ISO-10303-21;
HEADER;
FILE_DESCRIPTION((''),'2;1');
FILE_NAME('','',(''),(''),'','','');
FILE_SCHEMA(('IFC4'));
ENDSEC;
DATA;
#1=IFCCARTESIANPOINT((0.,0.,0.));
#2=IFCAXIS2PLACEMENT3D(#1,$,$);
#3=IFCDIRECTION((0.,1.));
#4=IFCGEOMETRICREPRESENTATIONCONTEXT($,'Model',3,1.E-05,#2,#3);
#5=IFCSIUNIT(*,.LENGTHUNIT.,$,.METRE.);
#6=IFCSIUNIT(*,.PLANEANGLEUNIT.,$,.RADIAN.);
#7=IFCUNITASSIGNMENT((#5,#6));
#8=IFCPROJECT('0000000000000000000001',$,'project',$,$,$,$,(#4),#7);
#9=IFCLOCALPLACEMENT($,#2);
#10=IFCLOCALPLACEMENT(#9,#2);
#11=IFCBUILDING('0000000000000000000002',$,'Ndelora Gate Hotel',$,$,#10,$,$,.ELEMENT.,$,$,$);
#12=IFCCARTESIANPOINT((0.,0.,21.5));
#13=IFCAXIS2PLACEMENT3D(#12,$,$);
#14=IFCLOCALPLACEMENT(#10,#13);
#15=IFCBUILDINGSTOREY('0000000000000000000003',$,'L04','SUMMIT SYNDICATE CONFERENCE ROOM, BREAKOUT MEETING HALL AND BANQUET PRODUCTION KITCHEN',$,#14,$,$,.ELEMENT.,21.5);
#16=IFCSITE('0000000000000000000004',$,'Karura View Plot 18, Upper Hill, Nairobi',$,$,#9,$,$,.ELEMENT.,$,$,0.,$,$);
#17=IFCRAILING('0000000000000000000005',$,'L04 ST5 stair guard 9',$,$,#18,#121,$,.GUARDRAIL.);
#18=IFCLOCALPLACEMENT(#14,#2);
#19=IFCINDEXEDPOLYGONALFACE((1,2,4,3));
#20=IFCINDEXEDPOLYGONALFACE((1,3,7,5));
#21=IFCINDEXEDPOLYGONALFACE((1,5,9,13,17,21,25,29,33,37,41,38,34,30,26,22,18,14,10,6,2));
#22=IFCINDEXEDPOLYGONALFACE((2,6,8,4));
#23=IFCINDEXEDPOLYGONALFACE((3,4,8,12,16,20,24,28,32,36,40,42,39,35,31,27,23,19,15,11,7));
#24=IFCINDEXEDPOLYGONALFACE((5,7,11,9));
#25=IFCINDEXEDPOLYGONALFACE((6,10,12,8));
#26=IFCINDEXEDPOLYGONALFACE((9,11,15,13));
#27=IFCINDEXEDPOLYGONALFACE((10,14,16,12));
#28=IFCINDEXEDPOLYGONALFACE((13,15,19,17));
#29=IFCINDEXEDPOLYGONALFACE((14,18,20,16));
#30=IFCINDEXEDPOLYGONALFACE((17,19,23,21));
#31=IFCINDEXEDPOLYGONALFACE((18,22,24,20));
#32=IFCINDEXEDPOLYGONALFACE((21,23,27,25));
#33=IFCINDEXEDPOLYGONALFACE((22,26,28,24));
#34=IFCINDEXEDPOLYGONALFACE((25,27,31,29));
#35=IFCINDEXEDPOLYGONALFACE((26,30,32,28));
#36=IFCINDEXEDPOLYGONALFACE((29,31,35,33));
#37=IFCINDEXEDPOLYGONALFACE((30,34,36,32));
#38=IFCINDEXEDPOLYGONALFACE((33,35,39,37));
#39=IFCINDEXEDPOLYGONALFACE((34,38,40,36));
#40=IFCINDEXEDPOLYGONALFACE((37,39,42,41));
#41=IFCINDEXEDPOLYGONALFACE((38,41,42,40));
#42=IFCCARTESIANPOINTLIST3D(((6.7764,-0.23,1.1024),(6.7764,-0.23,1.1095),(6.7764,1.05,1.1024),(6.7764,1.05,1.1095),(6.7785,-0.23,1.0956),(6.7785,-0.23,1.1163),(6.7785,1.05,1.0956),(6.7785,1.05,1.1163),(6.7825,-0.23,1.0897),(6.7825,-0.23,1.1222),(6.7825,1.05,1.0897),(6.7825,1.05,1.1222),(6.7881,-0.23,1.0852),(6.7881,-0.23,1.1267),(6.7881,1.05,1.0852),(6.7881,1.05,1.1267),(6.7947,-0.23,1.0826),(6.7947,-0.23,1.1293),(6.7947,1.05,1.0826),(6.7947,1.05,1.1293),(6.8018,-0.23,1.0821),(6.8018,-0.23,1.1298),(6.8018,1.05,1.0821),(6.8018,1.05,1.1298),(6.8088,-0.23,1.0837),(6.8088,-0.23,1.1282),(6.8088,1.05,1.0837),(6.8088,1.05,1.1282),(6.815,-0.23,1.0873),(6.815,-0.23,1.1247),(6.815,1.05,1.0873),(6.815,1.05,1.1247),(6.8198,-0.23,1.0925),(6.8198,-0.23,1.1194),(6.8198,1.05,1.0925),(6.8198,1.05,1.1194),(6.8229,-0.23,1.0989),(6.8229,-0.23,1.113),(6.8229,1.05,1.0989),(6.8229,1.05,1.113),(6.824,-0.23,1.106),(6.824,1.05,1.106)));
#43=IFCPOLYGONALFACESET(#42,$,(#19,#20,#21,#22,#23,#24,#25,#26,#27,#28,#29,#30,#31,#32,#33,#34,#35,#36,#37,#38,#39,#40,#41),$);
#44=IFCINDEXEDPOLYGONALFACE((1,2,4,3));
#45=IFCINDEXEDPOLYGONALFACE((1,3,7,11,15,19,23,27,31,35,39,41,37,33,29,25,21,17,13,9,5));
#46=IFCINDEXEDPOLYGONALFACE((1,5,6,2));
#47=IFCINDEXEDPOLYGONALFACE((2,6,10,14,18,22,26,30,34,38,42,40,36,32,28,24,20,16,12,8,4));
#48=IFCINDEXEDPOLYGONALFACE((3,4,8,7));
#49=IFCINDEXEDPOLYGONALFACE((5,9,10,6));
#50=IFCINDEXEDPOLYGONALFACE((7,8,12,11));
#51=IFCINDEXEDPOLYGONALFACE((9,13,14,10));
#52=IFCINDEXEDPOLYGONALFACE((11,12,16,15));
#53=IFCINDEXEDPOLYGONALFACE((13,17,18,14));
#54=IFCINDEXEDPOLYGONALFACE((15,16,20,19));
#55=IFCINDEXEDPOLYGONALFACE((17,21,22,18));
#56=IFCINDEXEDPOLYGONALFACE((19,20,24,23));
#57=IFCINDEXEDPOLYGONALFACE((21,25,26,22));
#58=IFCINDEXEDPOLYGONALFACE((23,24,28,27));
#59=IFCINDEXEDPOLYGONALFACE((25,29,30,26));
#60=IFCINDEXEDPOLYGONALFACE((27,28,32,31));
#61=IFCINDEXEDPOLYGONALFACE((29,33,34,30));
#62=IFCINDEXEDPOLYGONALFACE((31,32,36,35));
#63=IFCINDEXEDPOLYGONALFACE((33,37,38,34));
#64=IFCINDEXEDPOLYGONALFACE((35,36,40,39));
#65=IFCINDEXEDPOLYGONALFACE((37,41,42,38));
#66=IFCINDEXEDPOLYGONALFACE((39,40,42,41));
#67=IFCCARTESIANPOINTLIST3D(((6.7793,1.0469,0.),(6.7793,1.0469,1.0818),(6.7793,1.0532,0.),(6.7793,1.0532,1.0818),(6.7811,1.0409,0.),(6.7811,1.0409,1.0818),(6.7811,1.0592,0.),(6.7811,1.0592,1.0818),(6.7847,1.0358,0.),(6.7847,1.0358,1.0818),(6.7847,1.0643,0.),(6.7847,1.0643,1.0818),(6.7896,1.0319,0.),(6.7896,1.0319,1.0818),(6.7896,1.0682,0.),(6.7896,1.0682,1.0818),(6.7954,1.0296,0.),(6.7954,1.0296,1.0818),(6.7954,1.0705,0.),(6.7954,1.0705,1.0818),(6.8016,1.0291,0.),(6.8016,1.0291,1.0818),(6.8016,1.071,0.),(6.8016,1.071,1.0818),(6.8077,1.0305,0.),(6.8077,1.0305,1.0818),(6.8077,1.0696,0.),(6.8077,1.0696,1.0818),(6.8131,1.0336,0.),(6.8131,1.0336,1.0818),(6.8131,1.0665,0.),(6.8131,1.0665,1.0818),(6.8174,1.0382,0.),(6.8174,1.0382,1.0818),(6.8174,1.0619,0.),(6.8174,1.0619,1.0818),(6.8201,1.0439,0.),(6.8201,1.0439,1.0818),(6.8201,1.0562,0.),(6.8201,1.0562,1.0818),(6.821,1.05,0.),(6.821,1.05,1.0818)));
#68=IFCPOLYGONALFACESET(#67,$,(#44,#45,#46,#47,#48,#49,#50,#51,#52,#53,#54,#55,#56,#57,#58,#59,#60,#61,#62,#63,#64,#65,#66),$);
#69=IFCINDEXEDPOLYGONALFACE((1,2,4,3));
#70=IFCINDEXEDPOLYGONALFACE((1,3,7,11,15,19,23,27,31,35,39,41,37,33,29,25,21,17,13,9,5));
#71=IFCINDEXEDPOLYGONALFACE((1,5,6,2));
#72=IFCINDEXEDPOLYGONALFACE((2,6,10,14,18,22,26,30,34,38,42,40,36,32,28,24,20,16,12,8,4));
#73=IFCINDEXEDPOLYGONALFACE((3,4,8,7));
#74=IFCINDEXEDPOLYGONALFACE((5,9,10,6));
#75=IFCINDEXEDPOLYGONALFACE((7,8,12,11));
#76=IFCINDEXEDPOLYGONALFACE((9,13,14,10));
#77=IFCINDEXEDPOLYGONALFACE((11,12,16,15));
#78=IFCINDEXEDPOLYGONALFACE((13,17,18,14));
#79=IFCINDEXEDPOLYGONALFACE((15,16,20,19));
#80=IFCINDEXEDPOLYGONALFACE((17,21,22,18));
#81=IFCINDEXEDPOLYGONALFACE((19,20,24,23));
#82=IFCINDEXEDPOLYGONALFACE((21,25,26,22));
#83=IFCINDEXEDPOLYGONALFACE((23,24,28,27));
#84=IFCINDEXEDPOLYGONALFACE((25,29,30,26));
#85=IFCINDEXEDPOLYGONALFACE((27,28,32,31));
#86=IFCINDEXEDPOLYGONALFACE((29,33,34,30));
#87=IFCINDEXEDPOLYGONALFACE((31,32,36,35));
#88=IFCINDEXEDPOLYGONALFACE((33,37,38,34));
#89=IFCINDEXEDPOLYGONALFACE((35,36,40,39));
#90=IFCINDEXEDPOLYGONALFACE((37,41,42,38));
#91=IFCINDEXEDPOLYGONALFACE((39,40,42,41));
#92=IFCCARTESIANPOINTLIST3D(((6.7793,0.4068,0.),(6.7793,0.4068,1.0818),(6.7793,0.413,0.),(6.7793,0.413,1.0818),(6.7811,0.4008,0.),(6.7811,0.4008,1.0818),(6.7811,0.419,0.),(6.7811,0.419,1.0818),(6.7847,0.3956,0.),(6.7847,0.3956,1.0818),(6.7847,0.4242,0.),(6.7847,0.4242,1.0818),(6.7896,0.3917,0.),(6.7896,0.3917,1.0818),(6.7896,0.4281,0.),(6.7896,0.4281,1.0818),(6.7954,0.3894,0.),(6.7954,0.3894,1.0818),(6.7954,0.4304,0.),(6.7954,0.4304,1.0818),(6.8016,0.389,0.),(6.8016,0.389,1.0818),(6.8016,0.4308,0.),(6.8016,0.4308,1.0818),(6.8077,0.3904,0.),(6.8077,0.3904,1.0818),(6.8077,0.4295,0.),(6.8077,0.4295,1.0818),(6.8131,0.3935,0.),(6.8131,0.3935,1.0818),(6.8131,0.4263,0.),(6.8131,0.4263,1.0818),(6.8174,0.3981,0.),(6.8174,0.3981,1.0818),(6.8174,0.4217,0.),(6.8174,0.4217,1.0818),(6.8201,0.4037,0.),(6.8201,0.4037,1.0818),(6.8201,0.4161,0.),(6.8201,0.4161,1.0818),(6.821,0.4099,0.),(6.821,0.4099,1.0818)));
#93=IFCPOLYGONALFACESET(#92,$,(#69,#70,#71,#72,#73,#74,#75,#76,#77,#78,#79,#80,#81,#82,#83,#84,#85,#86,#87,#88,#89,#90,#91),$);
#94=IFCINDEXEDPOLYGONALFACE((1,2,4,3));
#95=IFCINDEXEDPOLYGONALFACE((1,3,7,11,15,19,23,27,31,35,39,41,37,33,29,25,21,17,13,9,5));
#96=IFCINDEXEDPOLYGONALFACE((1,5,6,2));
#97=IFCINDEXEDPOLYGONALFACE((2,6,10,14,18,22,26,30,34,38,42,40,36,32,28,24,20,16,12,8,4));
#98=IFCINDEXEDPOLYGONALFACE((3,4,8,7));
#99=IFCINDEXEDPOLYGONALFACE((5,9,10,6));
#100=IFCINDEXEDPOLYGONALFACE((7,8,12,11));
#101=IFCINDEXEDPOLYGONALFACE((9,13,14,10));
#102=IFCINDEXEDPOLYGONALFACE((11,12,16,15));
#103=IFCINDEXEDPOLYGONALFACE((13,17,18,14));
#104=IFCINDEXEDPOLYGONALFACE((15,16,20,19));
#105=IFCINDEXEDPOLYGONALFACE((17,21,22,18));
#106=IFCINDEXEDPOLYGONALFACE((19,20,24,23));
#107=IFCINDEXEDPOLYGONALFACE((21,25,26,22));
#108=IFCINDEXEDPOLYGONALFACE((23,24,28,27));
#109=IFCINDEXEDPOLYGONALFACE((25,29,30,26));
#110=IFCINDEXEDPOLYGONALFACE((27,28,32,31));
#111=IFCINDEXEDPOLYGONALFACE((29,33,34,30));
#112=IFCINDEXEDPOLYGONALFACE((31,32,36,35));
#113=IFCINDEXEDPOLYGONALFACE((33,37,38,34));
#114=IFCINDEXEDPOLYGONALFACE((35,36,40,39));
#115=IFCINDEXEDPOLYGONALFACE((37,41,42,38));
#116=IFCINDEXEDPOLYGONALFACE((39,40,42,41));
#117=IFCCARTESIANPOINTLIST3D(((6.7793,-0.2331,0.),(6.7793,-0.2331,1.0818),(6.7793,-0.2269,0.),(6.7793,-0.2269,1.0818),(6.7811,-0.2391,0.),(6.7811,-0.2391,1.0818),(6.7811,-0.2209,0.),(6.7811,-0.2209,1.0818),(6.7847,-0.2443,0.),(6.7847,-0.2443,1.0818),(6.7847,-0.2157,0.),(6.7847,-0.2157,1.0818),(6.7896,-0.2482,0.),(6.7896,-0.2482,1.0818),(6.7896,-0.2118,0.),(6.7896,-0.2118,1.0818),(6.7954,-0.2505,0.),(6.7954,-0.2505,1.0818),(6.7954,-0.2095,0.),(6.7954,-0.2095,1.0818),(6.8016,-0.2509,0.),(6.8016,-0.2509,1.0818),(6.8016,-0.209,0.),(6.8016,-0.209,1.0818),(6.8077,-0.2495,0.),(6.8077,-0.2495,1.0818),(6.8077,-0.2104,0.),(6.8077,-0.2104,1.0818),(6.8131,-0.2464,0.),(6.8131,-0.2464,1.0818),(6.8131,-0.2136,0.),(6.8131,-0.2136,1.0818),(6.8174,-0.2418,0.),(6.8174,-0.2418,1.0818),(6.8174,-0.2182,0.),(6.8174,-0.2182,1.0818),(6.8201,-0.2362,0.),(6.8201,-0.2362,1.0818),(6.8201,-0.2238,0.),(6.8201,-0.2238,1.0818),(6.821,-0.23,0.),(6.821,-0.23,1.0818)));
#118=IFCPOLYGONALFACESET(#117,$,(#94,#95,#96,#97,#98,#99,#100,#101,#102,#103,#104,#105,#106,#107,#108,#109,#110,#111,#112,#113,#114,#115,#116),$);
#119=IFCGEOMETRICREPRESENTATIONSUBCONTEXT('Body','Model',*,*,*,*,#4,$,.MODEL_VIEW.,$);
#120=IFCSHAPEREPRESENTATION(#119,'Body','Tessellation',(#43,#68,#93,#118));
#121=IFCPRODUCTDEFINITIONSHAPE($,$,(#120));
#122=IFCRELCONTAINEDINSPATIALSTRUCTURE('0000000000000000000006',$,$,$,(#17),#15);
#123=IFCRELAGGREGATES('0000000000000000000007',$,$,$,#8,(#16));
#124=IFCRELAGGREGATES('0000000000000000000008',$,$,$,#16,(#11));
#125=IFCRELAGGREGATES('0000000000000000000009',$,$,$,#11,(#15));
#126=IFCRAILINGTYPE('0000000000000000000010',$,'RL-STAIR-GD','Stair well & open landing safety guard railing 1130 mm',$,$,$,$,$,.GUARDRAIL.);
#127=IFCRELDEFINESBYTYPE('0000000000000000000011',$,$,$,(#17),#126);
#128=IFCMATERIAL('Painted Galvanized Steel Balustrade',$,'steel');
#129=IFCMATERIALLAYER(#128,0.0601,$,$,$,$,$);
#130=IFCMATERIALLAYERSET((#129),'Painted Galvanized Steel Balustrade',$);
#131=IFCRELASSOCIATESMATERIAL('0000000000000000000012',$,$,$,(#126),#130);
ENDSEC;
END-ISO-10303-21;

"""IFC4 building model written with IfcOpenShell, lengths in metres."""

from ifc_helpers import new_model, si_unit, direction, frame, origin, origin_2d, place, context, subcontext, project, spatial, circle, extrude, material, layer, layer_set, type_object, element, save


model = new_model("IFC4")

# Units and contexts
model_context = context("Model", 3, precision=1e-05, world=origin(), true_north=direction((0.0, 1.0)))
body_context = subcontext(model_context, "Body", "Model", "MODEL_VIEW")
ifc_project = project(units=[si_unit("LENGTHUNIT", "METRE"), si_unit("PLANEANGLEUNIT", "RADIAN")], contexts=[model_context])

# Site, building, storey
site_placement = place(None, origin())
site = spatial("IfcSite", under=ifc_project, at=site_placement, Name="Karura View Plot 18, Upper Hill, Nairobi", CompositionType="ELEMENT", RefElevation=0.0)
building_placement = place(site_placement, origin())
building = spatial("IfcBuilding", under=site, at=building_placement, Name="Ndelora Gate Hotel", CompositionType="ELEMENT")
storey_placement = place(building_placement, frame((0.0, 0.0, 21.5)))
storey = spatial("IfcBuildingStorey", under=building, at=storey_placement, Name="L04", Description="SUMMIT SYNDICATE CONFERENCE ROOM, BREAKOUT MEETING HALL AND BANQUET PRODUCTION KITCHEN", CompositionType="ELEMENT", Elevation=21.5)

# Railing
ifc_material_1 = material(Name="Painted Galvanized Steel Balustrade", Category="steel")
ifc_layer_1 = layer(ifc_material_1, 0.0601)
ifc_layer_set_1 = layer_set([ifc_layer_1], Name="Painted Galvanized Steel Balustrade")
railing_type = type_object("IfcRailingType", Name="RL-STAIR-GD", Description="Stair well & open landing safety guard railing 1130 mm", PredefinedType="GUARDRAIL", material=ifc_layer_set_1)
railing_placement = place(storey_placement, frame((6.8, 1.05, 0.0)))
element("IfcRailing", 1, at=railing_placement, inside=storey, type_object=railing_type, Name="L04 ST5 stair guard 9", PredefinedType="GUARDRAIL", context=body_context, shape_type="SweptSolid", body=[
    extrude(circle(Radius=0.0239, at=origin_2d()), frame((0.0, 0.0, 1.106), z_axis=(0.0, -1.0, 0.0), x_axis=(1.0, 0.0, 0.0)), (0.0, 0.0, 1.0), 1.28),
    extrude(circle(Radius=0.021, at=origin_2d()), origin(), (0.0, 0.0, 1.0), 1.0818),
    extrude(circle(Radius=0.021, at=origin_2d()), frame((0.0, -0.6401, 0.0)), (0.0, 0.0, 1.0), 1.0818),
    extrude(circle(Radius=0.021, at=origin_2d()), frame((0.0, -1.28, 0.0)), (0.0, 0.0, 1.0), 1.0818),
])

save(model, "model.ifc")
